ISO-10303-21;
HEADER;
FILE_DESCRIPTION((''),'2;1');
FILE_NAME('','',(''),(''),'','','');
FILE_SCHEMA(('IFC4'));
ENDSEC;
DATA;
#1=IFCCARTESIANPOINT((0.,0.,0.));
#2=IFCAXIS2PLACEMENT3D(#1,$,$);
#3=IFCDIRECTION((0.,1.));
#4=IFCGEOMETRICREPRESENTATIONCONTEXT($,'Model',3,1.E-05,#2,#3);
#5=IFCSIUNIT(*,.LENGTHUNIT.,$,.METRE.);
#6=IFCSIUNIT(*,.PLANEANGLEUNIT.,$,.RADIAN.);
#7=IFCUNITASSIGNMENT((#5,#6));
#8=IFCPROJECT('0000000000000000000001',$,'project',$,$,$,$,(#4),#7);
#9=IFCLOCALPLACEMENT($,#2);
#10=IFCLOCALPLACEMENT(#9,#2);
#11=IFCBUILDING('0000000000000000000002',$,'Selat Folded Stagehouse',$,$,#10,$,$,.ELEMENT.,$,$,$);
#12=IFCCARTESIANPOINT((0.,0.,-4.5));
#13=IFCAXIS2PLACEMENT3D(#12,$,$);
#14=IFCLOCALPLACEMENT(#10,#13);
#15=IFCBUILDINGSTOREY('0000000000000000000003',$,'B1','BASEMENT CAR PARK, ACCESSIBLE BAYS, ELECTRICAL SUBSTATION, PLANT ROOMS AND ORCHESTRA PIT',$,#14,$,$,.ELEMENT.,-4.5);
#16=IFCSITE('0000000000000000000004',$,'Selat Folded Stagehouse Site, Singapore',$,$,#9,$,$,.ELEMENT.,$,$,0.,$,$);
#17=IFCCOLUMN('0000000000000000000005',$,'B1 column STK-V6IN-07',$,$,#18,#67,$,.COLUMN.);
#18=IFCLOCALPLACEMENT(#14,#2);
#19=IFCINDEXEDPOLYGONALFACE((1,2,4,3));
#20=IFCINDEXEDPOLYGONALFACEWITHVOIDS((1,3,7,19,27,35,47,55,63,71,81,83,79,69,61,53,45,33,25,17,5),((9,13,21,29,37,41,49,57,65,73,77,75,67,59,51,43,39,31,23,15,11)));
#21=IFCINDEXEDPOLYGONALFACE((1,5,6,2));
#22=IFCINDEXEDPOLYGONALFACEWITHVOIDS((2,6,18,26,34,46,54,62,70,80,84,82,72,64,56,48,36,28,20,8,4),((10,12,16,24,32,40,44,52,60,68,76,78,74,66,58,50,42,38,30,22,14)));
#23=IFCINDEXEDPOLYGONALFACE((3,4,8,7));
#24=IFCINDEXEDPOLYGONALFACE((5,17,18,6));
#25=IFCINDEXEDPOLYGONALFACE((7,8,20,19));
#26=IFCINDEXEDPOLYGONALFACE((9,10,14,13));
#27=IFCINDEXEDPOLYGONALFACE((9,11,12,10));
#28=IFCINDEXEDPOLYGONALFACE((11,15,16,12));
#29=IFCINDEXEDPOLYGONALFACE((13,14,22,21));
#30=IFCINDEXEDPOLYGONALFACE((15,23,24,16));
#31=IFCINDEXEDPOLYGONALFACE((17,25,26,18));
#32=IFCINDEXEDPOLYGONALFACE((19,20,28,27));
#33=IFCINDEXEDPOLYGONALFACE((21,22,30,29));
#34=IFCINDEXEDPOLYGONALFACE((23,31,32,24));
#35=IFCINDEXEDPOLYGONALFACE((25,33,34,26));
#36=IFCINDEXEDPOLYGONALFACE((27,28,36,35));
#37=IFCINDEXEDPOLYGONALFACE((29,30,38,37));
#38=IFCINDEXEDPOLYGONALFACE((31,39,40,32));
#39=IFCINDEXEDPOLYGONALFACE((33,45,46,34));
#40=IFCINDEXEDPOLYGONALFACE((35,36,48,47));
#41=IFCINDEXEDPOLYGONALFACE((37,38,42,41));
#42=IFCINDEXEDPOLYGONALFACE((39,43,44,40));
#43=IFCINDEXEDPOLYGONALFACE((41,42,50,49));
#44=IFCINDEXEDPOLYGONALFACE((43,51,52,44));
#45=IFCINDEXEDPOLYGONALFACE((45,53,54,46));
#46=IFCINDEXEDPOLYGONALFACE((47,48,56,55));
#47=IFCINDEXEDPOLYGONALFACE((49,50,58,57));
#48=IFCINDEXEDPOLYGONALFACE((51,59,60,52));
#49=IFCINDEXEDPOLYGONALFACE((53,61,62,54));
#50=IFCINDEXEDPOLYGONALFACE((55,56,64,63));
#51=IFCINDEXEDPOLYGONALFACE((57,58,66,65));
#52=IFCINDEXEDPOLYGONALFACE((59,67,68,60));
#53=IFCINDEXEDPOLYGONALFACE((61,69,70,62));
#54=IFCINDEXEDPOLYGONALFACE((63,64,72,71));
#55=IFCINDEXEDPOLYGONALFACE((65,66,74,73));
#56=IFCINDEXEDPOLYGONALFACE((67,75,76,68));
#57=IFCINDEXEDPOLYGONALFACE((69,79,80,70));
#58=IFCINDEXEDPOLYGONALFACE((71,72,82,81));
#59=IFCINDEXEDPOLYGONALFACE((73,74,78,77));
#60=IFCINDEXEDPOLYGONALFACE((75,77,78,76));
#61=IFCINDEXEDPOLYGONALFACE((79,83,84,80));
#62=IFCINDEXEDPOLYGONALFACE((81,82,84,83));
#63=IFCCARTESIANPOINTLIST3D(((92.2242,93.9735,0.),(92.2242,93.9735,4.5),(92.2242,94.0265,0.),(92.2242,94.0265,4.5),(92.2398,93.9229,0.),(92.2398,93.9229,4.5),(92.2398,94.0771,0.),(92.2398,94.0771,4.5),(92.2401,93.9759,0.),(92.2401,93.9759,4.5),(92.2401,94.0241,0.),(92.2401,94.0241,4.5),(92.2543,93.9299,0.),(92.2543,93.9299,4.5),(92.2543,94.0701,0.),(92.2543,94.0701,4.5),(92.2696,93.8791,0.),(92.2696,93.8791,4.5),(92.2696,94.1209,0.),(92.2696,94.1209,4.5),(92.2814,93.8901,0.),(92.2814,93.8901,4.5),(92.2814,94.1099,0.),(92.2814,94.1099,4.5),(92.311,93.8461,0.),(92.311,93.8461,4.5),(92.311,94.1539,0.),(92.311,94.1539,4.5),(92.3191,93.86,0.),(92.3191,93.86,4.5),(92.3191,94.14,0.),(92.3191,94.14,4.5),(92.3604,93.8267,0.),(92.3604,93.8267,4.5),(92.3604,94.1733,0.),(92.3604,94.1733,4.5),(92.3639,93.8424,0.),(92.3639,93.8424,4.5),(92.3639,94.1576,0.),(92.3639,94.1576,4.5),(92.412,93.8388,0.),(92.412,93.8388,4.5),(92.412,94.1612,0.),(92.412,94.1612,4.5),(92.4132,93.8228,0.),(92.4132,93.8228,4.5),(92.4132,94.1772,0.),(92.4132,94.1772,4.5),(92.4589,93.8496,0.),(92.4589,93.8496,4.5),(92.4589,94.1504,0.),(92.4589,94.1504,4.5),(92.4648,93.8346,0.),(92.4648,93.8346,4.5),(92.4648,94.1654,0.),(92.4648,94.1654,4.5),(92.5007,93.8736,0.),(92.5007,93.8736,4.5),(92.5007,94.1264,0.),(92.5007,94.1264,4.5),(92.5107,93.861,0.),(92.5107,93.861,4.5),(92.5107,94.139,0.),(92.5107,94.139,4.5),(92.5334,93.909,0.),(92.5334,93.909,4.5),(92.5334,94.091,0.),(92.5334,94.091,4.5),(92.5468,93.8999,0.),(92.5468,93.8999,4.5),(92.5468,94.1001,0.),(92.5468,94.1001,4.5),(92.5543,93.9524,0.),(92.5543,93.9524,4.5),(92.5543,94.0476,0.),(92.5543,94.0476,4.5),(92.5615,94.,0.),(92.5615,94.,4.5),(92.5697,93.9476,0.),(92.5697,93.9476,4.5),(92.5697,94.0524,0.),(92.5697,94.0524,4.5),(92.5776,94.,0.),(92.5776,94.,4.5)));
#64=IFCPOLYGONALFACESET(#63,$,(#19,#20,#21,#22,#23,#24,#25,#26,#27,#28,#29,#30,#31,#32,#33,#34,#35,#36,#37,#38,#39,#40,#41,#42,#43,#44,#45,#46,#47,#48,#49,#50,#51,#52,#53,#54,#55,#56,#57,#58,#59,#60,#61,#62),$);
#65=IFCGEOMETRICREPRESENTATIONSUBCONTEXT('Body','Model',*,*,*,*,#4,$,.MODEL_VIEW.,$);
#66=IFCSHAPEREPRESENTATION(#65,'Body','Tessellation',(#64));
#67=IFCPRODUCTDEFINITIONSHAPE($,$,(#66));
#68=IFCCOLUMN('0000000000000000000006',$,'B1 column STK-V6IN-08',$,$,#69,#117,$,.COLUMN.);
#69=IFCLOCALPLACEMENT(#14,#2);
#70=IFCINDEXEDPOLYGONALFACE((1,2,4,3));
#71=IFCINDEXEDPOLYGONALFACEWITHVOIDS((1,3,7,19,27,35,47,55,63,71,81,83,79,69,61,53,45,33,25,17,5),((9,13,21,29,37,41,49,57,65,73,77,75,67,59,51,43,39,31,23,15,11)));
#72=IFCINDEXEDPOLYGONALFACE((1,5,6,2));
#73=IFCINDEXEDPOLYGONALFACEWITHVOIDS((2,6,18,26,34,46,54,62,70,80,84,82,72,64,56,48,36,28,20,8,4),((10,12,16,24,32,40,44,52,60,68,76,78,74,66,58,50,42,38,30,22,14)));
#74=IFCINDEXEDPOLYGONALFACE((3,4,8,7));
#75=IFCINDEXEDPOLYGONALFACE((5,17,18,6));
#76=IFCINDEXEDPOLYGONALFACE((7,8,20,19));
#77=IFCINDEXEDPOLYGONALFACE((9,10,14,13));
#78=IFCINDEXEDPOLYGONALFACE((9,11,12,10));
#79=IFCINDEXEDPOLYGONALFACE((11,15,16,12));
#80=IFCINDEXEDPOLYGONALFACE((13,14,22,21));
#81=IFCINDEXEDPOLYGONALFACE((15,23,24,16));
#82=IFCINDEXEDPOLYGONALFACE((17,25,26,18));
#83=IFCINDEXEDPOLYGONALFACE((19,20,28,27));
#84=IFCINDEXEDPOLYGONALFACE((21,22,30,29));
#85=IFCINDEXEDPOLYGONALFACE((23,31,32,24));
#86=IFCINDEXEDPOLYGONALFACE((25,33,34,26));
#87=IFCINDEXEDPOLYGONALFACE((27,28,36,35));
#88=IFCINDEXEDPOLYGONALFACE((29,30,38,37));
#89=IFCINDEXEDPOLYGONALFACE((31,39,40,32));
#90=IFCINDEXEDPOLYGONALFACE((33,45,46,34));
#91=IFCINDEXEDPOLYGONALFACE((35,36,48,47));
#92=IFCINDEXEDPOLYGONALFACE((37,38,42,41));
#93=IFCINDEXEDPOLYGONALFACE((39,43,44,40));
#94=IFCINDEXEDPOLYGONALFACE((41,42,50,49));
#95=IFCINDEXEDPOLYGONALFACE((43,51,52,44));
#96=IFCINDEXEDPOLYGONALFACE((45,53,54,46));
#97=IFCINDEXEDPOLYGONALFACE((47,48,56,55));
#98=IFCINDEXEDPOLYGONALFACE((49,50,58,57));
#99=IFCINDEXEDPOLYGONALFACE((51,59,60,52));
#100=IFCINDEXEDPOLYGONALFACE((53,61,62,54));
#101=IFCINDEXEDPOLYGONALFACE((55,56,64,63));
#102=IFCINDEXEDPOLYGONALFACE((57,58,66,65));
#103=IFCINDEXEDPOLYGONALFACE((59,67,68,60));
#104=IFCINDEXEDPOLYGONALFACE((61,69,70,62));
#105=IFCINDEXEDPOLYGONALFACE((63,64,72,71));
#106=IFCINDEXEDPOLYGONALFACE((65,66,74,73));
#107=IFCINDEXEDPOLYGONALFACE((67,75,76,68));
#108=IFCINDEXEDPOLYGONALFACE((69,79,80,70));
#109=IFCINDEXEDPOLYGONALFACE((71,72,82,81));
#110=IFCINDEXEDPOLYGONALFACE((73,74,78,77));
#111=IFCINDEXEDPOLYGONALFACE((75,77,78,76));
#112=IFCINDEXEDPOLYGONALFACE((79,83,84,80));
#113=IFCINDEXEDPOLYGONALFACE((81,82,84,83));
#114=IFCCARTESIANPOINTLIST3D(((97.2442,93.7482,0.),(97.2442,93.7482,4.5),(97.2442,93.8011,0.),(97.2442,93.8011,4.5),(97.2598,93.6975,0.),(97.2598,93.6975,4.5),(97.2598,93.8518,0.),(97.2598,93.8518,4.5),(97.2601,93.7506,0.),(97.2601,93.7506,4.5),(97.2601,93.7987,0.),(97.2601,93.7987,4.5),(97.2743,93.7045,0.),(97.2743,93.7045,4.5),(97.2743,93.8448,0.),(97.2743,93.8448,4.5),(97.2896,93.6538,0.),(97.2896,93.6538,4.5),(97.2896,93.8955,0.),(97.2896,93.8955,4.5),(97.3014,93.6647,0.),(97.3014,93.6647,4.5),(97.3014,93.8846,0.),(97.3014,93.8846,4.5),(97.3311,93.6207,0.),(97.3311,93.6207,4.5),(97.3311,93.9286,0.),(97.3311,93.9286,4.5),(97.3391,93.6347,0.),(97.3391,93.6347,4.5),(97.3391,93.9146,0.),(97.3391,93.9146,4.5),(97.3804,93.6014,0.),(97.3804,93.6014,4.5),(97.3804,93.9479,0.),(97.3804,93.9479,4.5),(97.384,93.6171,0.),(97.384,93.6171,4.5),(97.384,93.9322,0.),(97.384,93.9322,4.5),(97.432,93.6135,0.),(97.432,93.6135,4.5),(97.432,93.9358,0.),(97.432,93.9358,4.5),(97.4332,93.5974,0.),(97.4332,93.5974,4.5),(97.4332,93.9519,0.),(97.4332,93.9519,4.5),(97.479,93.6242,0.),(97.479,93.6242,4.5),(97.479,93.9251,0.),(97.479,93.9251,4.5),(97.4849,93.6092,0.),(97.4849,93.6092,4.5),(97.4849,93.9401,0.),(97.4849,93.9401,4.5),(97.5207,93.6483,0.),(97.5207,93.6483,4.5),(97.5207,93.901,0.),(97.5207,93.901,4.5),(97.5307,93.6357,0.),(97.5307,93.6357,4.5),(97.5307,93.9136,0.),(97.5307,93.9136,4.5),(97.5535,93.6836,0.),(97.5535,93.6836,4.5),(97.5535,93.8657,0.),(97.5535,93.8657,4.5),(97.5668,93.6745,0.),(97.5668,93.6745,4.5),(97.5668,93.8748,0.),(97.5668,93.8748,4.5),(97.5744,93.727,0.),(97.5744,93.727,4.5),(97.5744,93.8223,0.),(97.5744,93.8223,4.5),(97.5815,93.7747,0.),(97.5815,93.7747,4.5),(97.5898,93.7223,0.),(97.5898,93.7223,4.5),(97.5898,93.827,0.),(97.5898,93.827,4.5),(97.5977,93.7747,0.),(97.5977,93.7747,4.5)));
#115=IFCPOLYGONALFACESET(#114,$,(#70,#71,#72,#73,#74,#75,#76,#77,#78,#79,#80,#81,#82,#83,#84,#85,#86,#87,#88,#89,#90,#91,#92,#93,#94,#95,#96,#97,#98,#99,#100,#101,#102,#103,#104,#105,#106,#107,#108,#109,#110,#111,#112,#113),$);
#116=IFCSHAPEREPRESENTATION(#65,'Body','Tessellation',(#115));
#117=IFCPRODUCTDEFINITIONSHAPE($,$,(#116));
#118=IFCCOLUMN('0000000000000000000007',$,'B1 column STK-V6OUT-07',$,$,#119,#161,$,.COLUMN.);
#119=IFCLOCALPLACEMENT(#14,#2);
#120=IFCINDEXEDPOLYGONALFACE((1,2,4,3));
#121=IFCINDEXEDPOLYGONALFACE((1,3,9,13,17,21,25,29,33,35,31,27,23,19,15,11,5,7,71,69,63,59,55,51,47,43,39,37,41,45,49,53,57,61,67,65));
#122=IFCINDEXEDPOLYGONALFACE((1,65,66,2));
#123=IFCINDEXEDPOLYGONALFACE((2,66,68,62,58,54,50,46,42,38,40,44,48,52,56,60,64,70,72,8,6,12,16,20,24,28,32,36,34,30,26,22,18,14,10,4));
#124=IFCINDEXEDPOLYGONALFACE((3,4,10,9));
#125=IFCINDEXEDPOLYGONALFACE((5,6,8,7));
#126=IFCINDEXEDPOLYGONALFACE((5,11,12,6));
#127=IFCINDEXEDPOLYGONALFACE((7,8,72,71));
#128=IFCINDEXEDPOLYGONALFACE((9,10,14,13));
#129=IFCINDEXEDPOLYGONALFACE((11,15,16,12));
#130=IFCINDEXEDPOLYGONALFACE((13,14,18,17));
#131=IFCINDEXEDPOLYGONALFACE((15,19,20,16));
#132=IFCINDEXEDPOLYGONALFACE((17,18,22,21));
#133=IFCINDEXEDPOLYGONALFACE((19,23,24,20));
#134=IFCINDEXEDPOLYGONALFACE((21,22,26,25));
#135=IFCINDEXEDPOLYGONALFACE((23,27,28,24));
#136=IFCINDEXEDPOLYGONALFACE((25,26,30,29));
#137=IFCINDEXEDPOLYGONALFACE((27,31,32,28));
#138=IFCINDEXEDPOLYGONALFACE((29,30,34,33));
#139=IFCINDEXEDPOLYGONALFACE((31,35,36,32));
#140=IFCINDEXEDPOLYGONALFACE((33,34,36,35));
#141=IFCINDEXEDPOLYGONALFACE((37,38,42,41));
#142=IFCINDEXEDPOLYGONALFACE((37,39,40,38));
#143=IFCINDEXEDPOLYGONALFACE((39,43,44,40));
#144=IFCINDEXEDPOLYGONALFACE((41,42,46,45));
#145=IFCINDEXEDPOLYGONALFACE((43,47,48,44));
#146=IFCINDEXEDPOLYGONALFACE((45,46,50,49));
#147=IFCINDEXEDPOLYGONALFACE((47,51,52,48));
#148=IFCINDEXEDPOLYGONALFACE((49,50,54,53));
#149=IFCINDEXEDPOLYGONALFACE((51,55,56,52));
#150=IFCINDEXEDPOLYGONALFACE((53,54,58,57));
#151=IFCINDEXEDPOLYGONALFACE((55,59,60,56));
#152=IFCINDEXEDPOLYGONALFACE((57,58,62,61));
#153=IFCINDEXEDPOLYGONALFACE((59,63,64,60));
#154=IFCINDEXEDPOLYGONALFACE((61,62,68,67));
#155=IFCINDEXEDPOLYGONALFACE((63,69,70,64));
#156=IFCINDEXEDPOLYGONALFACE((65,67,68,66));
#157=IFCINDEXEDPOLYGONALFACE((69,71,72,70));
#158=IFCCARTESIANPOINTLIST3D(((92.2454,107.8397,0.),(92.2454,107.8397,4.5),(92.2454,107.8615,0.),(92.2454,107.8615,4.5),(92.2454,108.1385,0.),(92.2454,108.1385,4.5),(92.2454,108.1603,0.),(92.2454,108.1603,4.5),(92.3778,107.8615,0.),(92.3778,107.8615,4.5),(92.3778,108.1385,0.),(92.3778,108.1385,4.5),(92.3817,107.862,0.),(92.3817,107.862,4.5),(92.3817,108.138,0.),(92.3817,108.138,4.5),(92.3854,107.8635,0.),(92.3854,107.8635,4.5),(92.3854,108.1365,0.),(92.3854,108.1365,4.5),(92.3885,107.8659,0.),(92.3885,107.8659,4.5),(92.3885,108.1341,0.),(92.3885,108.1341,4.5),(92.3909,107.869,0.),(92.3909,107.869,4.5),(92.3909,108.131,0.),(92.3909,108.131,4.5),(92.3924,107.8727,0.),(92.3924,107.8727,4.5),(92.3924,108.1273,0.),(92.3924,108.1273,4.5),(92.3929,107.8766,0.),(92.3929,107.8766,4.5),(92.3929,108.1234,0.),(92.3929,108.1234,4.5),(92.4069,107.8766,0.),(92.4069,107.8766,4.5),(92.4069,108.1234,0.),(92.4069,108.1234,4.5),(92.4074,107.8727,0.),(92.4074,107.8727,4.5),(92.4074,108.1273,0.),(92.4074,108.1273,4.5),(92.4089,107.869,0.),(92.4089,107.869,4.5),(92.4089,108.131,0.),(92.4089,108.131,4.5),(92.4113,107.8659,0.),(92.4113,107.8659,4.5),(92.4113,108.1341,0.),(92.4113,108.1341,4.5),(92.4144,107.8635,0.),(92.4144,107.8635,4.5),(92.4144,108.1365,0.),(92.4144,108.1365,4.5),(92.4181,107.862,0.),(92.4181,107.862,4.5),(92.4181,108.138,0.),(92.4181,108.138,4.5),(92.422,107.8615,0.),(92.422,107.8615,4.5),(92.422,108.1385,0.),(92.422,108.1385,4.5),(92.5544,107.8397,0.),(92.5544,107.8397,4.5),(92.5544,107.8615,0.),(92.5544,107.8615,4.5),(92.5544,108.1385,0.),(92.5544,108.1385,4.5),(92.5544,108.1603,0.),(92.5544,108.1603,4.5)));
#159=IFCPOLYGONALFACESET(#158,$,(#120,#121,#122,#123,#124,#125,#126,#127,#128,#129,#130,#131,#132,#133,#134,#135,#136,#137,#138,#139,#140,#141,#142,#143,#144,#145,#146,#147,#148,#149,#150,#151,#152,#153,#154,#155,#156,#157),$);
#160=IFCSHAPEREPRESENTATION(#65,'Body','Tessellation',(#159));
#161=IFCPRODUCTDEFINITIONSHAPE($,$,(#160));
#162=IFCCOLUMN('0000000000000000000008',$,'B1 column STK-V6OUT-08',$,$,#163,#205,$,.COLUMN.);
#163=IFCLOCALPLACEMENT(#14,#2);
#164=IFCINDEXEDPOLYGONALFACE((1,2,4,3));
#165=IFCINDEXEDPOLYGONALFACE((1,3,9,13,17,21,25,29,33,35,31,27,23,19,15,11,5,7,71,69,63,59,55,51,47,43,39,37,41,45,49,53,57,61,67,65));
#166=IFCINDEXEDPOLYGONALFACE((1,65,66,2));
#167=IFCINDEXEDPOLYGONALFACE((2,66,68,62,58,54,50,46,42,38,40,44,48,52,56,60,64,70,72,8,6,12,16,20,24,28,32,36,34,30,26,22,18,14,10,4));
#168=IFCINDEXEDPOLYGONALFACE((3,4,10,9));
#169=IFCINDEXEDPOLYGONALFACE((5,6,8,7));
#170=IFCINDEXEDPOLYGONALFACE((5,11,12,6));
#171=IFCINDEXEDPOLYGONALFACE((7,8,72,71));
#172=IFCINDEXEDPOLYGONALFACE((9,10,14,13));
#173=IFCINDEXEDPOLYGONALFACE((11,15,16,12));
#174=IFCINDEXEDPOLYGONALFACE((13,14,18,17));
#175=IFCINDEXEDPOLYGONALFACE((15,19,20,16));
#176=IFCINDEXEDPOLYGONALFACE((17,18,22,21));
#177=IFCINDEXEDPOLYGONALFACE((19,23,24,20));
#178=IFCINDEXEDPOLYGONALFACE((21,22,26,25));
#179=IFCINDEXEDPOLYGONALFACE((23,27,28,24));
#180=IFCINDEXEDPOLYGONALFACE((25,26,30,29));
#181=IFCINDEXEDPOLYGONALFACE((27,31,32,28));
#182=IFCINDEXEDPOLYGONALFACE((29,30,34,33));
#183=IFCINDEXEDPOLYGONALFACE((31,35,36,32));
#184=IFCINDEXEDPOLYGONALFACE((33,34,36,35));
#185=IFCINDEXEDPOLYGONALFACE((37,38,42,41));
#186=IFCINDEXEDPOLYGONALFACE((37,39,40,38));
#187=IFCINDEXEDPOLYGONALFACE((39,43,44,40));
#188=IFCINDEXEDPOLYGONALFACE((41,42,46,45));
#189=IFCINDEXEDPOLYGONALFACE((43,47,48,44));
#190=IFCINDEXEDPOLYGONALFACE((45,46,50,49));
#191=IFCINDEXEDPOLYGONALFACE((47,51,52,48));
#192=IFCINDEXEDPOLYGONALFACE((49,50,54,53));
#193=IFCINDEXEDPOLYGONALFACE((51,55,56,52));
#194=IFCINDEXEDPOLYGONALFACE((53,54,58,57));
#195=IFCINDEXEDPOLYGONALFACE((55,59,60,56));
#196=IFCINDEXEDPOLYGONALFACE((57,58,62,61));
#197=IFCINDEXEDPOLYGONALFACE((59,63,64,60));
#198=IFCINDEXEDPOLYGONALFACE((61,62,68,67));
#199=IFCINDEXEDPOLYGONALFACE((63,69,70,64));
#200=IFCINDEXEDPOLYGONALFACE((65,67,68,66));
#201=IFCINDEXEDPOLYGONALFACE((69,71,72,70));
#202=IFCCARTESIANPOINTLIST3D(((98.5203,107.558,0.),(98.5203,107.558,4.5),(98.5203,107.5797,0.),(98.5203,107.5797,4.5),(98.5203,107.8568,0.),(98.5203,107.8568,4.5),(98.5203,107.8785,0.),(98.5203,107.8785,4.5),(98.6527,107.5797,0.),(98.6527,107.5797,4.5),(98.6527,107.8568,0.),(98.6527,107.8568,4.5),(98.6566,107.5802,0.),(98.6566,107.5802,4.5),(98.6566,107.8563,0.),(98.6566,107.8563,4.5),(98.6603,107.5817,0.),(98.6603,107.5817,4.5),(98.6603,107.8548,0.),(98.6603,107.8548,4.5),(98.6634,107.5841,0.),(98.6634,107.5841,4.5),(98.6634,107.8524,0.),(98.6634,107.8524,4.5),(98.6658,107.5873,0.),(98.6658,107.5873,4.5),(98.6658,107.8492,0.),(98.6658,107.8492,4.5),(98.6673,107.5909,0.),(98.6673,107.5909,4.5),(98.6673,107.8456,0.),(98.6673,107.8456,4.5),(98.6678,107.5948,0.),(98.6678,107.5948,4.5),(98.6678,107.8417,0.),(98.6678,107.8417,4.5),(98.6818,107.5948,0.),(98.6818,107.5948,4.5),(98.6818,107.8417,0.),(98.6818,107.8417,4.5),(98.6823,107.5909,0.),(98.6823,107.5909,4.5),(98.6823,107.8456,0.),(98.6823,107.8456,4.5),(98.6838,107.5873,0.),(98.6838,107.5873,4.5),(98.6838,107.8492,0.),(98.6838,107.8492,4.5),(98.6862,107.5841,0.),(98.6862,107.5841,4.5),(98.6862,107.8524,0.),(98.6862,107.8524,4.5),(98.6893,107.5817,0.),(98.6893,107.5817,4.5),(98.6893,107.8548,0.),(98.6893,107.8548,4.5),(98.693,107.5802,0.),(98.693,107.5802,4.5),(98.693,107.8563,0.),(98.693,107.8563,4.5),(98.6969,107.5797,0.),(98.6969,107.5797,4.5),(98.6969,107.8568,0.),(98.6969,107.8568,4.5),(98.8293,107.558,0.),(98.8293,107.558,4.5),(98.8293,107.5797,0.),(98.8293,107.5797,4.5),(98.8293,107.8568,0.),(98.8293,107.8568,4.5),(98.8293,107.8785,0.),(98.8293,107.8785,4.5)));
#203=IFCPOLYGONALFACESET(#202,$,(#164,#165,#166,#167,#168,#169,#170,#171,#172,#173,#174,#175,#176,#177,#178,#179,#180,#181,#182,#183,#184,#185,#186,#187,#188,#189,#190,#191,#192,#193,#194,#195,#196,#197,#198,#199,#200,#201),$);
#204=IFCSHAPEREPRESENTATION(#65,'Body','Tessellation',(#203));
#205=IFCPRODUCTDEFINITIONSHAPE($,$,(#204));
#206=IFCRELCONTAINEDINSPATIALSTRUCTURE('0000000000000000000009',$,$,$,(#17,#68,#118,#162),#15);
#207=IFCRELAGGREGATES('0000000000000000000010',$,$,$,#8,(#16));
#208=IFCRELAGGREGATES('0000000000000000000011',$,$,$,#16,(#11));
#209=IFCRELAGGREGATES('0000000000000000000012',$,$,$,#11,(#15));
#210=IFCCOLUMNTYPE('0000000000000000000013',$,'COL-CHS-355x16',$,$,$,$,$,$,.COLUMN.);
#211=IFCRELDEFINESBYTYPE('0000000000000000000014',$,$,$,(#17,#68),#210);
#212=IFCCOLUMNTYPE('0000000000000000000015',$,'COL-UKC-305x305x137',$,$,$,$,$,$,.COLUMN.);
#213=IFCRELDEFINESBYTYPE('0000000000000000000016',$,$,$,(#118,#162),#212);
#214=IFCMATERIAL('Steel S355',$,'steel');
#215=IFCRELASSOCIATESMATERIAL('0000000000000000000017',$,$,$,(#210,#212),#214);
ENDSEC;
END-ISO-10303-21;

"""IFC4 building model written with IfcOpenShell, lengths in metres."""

from ifc_helpers import new_model, si_unit, direction, frame, origin, origin_2d, place, context, subcontext, project, spatial, hollow_circle, i_section, extrude, material, material_profile, profile_set, type_object, element, save


model = new_model("IFC4")

# Units and contexts
model_context = context("Model", 3, precision=1e-05, world=origin(), true_north=direction((0.0, 1.0)))
body_context = subcontext(model_context, "Body", "Model", "MODEL_VIEW")
ifc_project = project(units=[si_unit("LENGTHUNIT", "METRE"), si_unit("PLANEANGLEUNIT", "RADIAN")], contexts=[model_context])

# Site, building, storey
site_placement = place(None, origin())
site = spatial("IfcSite", under=ifc_project, at=site_placement, Name="Selat Folded Stagehouse Site, Singapore", CompositionType="ELEMENT", RefElevation=0.0)
building_placement = place(site_placement, origin())
building = spatial("IfcBuilding", under=site, at=building_placement, Name="Selat Folded Stagehouse", CompositionType="ELEMENT")
storey_placement = place(building_placement, frame((0.0, 0.0, -4.5)))
storey = spatial("IfcBuildingStorey", under=building, at=storey_placement, Name="B1", Description="BASEMENT CAR PARK, ACCESSIBLE BAYS, ELECTRICAL SUBSTATION, PLANT ROOMS AND ORCHESTRA PIT", CompositionType="ELEMENT", Elevation=-4.5)

# Columns
ifc_material_1 = material(Name="Steel S355", Category="steel")
ifc_material_profile_1 = material_profile(ifc_material_1, hollow_circle(Radius=0.1777, WallThickness=0.0161, at=origin_2d()), Name="CHS 355.6x16.0")
ifc_profile_set_1 = profile_set([ifc_material_profile_1], Name="Steel S355")
column_type_1 = type_object("IfcColumnType", Name="COL-CHS-355x16", PredefinedType="COLUMN", material=ifc_profile_set_1)
for number, where, z_axis, x_axis, name in (
    (1, (92.3999, 94.0, 0.0), (0.0, 0.0, 1.0), (1.0, 0.0, 0.0), "B1 column STK-V6IN-07"),
    (2, (97.4199, 93.7747, 0.0), (0.0, 0.0, 1.0), (1.0, 0.0, 0.0), "B1 column STK-V6IN-08"),
):
    element("IfcColumn", number, at=place(storey_placement, frame(where, z_axis=z_axis, x_axis=x_axis)), inside=storey, type_object=column_type_1, Name=name, PredefinedType="COLUMN", context=body_context, shape_type="SweptSolid", body=[
        extrude(hollow_circle(Radius=0.1777, WallThickness=0.0161, at=origin_2d()), origin(), (0.0, 0.0, 1.0), 4.5),
    ])
ifc_material_profile_2 = material_profile(ifc_material_1, i_section(OverallWidth=0.3091, OverallDepth=0.3206, WebThickness=0.0139, FlangeThickness=0.0217, FilletRadius=0.0151, at=origin_2d()), Name="UKC 305x305x137")
ifc_profile_set_2 = profile_set([ifc_material_profile_2], Name="Steel S355")
column_type_2 = type_object("IfcColumnType", Name="COL-UKC-305x305x137", PredefinedType="COLUMN", material=ifc_profile_set_2)
for number, where, z_axis, x_axis, name in (
    (3, (92.3999, 108.0, 0.0), (0.0, 0.0, 1.0), (1.0, 0.0, 0.0), "B1 column STK-V6OUT-07"),
    (4, (98.6748, 107.7183, 0.0), (0.0, 0.0, 1.0), (1.0, 0.0, 0.0), "B1 column STK-V6OUT-08"),
):
    element("IfcColumn", number, at=place(storey_placement, frame(where, z_axis=z_axis, x_axis=x_axis)), inside=storey, type_object=column_type_2, Name=name, PredefinedType="COLUMN", context=body_context, shape_type="SweptSolid", body=[
        extrude(i_section(OverallWidth=0.3091, OverallDepth=0.3206, WebThickness=0.0139, FlangeThickness=0.0217, FilletRadius=0.0151, at=origin_2d()), origin(), (0.0, 0.0, 1.0), 4.5),
    ])

save(model, "model.ifc")
